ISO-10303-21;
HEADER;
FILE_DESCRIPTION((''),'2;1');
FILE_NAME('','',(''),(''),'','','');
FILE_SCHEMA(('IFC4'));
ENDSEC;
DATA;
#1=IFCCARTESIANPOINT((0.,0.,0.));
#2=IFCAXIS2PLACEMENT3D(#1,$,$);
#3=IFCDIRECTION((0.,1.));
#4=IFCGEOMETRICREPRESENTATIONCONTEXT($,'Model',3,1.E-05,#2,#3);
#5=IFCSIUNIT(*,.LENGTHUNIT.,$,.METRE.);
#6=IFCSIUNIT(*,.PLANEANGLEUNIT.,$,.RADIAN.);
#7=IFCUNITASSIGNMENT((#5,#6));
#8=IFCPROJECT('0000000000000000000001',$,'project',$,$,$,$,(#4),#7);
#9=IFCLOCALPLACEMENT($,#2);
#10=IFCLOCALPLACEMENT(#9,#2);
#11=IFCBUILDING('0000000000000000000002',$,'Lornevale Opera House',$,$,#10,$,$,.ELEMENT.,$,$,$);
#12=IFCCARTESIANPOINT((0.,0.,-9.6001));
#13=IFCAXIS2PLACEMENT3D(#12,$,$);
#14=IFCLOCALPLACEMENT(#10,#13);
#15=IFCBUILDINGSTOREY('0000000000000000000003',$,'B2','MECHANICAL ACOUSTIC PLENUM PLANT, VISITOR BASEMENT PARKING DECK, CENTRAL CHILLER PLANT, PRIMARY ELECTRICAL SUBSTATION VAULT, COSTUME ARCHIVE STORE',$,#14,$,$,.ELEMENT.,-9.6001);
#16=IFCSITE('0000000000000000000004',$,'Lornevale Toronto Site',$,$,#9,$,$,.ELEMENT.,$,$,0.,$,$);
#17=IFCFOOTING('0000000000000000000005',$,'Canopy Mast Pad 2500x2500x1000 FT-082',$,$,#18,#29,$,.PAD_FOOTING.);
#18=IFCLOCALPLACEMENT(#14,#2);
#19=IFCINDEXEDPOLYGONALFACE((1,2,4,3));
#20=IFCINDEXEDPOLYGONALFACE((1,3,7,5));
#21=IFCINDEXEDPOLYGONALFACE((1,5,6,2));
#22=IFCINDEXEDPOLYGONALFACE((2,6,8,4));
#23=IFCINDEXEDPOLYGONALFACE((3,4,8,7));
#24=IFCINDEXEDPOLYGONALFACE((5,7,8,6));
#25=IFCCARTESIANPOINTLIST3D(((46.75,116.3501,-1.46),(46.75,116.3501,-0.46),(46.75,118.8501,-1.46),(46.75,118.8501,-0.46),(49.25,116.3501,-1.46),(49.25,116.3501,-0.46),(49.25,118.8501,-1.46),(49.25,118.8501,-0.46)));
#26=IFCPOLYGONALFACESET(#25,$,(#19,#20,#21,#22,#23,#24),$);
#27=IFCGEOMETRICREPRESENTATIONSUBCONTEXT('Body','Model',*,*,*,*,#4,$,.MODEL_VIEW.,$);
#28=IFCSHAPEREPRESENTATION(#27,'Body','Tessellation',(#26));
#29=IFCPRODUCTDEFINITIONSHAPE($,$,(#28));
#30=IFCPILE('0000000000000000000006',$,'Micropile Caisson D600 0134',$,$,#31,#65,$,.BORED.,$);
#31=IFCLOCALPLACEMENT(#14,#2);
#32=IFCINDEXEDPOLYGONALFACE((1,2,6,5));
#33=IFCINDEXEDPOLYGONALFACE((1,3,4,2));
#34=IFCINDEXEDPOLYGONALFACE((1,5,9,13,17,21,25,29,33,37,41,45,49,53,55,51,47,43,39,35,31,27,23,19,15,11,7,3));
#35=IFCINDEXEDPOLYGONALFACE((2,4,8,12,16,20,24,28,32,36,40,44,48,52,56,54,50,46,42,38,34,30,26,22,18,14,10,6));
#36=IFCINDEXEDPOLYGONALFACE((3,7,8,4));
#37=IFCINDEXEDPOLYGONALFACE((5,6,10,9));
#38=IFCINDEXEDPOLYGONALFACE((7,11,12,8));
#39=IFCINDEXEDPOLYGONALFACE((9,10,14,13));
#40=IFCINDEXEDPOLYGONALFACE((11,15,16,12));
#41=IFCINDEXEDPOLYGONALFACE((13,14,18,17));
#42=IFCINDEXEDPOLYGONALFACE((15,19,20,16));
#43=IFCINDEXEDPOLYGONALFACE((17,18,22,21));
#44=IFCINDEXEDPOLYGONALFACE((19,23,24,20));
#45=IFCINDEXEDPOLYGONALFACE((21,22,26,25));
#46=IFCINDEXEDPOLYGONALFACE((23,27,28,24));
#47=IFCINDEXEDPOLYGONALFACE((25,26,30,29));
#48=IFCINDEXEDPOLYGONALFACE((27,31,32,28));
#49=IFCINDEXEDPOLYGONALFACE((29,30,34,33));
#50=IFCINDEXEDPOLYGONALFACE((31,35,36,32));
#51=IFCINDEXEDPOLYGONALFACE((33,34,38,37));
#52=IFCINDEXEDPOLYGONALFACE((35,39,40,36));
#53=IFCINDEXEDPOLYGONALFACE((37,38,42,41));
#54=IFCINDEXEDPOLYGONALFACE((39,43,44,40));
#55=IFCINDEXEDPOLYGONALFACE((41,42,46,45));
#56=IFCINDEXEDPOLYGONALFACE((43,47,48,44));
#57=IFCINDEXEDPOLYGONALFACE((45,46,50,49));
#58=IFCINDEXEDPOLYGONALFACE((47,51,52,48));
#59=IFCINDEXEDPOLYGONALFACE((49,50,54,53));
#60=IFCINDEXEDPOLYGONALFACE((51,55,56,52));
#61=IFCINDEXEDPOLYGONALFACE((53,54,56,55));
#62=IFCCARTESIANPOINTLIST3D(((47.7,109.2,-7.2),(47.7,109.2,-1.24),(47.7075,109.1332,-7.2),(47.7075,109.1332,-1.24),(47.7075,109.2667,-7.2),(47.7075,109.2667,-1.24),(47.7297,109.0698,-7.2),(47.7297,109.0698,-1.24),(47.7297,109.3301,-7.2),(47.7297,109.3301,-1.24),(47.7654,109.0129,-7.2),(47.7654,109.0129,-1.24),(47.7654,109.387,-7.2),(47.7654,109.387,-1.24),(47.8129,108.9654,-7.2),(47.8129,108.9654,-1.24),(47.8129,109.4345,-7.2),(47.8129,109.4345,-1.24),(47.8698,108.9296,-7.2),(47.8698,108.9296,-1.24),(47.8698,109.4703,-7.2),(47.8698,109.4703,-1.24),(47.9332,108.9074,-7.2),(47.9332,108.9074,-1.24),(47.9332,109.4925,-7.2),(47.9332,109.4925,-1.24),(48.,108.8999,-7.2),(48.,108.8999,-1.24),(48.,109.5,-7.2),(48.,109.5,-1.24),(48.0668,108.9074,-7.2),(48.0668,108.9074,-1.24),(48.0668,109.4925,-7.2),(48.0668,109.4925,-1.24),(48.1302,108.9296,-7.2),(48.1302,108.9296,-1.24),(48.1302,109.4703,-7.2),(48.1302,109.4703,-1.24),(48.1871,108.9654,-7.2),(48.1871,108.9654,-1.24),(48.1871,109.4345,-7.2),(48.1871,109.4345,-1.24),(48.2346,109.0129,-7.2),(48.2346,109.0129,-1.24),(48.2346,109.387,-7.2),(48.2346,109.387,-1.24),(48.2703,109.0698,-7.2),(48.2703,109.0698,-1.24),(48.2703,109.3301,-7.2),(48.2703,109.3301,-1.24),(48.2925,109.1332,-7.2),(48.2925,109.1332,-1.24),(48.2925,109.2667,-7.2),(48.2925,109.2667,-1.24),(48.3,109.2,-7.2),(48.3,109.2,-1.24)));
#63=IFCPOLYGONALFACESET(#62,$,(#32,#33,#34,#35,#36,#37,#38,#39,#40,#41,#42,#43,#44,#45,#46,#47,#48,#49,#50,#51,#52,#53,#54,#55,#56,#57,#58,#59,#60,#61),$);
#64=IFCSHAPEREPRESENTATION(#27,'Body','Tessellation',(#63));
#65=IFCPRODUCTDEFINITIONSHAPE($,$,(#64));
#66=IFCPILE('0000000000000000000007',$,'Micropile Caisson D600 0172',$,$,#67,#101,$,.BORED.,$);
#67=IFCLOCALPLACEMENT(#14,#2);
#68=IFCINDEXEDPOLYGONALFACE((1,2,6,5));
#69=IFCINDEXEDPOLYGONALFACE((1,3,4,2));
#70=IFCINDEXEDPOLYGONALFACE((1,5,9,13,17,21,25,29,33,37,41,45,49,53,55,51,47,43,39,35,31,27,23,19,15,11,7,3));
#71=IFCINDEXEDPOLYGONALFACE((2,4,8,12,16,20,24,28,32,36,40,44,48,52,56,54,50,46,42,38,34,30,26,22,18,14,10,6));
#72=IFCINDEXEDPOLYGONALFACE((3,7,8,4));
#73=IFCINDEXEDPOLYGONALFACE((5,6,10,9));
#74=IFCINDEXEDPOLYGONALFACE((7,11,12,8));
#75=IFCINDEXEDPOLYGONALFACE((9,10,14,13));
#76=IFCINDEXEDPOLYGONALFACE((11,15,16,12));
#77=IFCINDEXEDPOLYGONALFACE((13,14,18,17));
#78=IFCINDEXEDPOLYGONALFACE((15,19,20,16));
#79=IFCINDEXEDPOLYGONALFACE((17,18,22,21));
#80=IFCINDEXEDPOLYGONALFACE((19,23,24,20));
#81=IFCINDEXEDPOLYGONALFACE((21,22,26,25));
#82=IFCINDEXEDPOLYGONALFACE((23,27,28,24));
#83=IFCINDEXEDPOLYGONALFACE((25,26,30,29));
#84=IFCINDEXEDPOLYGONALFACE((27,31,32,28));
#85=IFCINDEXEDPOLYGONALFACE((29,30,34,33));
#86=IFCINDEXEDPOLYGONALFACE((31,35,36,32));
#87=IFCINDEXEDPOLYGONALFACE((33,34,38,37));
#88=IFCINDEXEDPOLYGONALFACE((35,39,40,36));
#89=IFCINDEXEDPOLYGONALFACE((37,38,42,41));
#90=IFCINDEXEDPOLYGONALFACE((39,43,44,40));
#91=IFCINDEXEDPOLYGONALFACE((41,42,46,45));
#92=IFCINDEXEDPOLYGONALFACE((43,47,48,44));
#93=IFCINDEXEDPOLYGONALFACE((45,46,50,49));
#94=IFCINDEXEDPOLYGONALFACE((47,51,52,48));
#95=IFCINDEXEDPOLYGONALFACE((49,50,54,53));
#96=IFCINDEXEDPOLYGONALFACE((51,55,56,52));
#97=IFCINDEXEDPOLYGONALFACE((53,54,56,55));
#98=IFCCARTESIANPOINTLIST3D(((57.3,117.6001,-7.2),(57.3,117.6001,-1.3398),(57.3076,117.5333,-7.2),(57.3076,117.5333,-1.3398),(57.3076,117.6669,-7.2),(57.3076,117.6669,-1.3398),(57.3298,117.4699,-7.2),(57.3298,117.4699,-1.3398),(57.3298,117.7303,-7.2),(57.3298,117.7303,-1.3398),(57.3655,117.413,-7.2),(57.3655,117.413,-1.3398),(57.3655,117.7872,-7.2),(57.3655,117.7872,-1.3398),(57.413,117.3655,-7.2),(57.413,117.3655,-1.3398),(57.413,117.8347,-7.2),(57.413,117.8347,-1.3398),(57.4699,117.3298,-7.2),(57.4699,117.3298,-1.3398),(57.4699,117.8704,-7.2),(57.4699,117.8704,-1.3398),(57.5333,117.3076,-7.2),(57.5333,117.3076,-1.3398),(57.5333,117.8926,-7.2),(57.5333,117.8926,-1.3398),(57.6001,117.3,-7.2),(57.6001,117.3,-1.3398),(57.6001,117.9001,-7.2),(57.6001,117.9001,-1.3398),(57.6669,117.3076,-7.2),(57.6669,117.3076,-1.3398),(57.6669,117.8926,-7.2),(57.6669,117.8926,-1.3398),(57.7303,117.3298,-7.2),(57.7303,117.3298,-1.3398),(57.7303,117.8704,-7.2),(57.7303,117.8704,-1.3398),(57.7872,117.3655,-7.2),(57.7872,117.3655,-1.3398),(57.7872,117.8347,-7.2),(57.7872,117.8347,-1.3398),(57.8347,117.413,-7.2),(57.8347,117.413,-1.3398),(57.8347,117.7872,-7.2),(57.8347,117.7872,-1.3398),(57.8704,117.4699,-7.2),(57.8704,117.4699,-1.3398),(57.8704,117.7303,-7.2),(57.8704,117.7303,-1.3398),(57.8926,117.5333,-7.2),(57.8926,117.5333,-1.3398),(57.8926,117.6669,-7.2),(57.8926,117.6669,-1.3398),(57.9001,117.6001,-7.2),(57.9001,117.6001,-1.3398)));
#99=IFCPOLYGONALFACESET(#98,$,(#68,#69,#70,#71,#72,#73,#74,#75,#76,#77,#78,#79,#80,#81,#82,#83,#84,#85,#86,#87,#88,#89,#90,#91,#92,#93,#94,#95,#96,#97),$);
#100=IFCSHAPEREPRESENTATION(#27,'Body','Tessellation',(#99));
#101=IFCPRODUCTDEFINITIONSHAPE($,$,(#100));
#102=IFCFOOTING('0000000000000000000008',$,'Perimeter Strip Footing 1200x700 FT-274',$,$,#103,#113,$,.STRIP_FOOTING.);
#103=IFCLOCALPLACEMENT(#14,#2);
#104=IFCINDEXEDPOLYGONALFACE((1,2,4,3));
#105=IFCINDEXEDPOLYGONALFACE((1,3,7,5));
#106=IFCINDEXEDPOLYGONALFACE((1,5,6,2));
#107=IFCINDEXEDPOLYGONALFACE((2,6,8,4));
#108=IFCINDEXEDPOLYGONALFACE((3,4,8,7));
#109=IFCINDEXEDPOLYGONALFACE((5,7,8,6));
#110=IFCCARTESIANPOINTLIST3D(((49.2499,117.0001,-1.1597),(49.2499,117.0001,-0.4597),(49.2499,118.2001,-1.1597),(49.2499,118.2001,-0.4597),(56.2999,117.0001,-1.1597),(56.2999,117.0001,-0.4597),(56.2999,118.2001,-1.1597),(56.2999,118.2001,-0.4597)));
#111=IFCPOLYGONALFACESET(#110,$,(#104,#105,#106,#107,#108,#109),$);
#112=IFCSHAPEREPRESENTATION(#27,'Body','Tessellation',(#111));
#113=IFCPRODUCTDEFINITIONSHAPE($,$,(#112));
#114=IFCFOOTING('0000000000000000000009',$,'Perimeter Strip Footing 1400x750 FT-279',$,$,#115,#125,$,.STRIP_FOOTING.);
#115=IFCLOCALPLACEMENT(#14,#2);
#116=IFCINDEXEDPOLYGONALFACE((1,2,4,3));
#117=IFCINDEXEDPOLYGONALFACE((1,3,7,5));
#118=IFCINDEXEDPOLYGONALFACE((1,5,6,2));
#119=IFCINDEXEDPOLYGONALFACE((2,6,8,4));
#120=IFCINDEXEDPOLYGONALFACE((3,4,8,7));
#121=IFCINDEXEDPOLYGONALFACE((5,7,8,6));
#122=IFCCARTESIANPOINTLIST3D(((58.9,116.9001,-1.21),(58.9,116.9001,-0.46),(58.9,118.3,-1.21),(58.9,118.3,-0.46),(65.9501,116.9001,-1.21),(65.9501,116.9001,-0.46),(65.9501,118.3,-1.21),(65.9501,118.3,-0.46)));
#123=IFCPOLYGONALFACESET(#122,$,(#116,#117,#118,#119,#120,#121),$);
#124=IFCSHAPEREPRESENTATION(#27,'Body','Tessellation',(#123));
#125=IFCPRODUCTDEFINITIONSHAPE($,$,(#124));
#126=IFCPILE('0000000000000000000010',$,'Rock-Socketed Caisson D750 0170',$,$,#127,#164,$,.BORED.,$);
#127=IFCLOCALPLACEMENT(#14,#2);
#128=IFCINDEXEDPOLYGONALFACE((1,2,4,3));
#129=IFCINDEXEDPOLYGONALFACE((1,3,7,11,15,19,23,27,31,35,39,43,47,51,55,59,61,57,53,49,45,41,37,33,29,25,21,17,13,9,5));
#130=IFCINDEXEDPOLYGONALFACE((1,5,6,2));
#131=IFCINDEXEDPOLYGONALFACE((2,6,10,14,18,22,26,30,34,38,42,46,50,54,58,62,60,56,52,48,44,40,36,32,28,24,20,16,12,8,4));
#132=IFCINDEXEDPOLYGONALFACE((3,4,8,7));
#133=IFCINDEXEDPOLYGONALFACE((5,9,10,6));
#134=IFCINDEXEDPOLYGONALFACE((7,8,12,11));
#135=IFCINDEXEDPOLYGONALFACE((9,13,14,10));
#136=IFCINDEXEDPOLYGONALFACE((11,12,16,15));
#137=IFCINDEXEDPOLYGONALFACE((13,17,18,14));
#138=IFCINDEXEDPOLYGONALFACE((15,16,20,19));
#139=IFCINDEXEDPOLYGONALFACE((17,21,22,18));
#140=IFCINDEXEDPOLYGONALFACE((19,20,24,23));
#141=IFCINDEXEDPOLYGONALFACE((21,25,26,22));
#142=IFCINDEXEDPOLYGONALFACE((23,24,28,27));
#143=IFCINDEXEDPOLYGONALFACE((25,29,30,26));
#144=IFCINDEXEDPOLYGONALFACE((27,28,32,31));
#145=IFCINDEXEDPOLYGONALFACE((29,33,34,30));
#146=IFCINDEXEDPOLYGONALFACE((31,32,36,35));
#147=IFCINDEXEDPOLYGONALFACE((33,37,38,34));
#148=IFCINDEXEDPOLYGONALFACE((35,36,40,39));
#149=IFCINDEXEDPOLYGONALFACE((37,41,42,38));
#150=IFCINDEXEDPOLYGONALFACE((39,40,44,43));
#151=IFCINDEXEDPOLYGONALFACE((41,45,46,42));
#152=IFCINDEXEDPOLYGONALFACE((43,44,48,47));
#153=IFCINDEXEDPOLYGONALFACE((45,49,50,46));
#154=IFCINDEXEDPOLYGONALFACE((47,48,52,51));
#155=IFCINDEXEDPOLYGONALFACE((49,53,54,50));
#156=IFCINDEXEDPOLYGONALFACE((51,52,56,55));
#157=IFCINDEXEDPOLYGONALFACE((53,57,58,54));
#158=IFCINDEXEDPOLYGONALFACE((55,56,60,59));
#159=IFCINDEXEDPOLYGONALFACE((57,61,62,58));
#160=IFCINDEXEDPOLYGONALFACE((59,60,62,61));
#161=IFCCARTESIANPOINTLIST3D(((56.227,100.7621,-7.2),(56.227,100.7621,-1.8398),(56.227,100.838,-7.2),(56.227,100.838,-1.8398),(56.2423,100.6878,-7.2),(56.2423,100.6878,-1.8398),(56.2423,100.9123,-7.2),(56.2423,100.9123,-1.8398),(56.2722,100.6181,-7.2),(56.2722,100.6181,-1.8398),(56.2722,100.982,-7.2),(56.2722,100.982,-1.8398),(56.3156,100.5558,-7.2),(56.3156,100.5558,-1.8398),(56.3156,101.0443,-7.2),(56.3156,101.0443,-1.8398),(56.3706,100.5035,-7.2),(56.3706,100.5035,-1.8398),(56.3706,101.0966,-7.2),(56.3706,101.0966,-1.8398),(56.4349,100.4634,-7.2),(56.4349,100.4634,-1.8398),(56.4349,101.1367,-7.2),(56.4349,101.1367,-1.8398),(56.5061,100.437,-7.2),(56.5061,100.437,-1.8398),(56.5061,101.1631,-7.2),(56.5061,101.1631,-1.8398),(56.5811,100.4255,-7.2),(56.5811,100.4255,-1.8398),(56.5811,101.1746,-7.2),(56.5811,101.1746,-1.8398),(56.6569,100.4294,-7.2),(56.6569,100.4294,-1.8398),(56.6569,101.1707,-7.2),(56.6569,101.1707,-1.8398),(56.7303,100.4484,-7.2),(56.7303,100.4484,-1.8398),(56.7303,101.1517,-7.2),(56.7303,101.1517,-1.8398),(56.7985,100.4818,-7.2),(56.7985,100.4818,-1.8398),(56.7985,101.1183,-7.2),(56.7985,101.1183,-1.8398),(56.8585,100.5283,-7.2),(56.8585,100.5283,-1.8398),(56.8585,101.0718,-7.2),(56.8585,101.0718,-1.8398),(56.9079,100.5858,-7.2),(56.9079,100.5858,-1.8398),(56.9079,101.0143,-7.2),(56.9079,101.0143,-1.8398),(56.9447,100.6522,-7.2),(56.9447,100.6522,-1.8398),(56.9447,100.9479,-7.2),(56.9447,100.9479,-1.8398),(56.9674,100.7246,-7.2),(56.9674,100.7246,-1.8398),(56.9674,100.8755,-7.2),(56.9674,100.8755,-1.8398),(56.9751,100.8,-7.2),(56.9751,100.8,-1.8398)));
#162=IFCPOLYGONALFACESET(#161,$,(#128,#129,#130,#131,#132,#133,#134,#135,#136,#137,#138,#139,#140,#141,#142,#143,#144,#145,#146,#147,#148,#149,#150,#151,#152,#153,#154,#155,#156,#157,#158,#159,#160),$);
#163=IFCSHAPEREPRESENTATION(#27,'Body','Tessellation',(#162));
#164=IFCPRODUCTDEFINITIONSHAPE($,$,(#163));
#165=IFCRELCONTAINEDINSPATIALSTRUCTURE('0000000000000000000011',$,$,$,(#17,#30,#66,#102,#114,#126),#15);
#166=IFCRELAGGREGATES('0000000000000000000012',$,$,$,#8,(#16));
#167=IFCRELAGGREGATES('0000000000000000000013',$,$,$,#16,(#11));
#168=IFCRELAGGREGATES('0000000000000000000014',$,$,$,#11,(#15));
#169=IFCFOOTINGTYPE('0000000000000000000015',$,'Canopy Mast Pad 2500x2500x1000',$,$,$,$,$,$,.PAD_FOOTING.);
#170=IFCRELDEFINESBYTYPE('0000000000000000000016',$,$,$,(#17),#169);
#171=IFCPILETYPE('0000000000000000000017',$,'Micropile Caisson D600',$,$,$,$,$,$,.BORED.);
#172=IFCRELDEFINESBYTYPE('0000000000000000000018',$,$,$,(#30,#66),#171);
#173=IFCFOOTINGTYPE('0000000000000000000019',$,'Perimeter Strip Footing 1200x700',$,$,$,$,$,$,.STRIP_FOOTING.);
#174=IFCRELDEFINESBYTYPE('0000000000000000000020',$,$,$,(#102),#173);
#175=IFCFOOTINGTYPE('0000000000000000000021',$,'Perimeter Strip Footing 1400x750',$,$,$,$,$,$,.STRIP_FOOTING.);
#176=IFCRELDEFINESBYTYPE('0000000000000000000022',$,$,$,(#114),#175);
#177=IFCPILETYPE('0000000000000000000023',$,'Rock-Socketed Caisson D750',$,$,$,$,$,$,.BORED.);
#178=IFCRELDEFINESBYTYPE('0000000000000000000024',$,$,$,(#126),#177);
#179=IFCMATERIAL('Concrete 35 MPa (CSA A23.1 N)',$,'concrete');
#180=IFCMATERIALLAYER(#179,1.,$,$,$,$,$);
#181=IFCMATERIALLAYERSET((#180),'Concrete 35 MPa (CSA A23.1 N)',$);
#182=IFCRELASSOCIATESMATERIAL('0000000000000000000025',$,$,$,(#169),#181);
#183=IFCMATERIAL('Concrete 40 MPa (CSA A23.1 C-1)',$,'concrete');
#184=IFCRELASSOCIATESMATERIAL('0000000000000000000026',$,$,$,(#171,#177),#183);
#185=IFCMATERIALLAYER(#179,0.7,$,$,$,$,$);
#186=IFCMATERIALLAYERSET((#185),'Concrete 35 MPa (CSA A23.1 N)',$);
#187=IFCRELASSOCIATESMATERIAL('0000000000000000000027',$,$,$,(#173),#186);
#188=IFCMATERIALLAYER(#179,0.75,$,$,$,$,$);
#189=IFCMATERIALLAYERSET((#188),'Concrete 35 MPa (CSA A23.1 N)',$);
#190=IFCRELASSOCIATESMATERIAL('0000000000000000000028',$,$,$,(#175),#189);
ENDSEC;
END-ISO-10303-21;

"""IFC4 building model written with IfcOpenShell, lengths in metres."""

from ifc_helpers import new_model, si_unit, direction, frame, origin, origin_2d, place, context, subcontext, project, spatial, rectangle, circle, extrude, material, layer, layer_set, material_profile, profile_set, type_object, element, save


model = new_model("IFC4")

# Units and contexts
model_context = context("Model", 3, precision=1e-05, world=origin(), true_north=direction((0.0, 1.0)))
body_context = subcontext(model_context, "Body", "Model", "MODEL_VIEW")
ifc_project = project(units=[si_unit("LENGTHUNIT", "METRE"), si_unit("PLANEANGLEUNIT", "RADIAN")], contexts=[model_context])

# Site, building, storey
site_placement = place(None, origin())
site = spatial("IfcSite", under=ifc_project, at=site_placement, Name="Lornevale Toronto Site", CompositionType="ELEMENT", RefElevation=0.0)
building_placement = place(site_placement, origin())
building = spatial("IfcBuilding", under=site, at=building_placement, Name="Lornevale Opera House", CompositionType="ELEMENT")
storey_placement = place(building_placement, frame((0.0, 0.0, -9.6001)))
storey = spatial("IfcBuildingStorey", under=building, at=storey_placement, Name="B2", Description="MECHANICAL ACOUSTIC PLENUM PLANT, VISITOR BASEMENT PARKING DECK, CENTRAL CHILLER PLANT, PRIMARY ELECTRICAL SUBSTATION VAULT, COSTUME ARCHIVE STORE", CompositionType="ELEMENT", Elevation=-9.6001)

# Footing
ifc_material_1 = material(Name="Concrete 35 MPa (CSA A23.1 N)", Category="concrete")
ifc_layer_1 = layer(ifc_material_1, 1.0)
ifc_layer_set_1 = layer_set([ifc_layer_1], Name="Concrete 35 MPa (CSA A23.1 N)")
footing_type_1 = type_object("IfcFootingType", Name="Canopy Mast Pad 2500x2500x1000", PredefinedType="PAD_FOOTING", material=ifc_layer_set_1)
footing_1_placement = place(storey_placement, frame((48.0, 117.6001, -1.46), z_axis=(0.0, 0.0, 1.0), x_axis=(1.0, 0.0, 0.0)))
element("IfcFooting", 1, at=footing_1_placement, inside=storey, type_object=footing_type_1, Name="Canopy Mast Pad 2500x2500x1000 FT-082", PredefinedType="PAD_FOOTING", context=body_context, shape_type="SweptSolid", body=[
    extrude(rectangle(XDim=2.5, YDim=2.5, at=origin_2d()), origin(), (0.0, 0.0, 1.0), 1.0),
])

# Piles
ifc_material_2 = material(Name="Concrete 40 MPa (CSA A23.1 C-1)", Category="concrete")
ifc_material_profile_1 = material_profile(ifc_material_2, circle(Radius=0.3, at=origin_2d()), Name="CAIS600")
ifc_profile_set_1 = profile_set([ifc_material_profile_1], Name="Concrete 40 MPa (CSA A23.1 C-1)")
pile_type_1 = type_object("IfcPileType", Name="Micropile Caisson D600", PredefinedType="BORED", material=ifc_profile_set_1)
pile_1_placement = place(storey_placement, frame((48.0, 109.2, -1.24), z_axis=(0.0, 0.0, -1.0), x_axis=(1.0, 0.0, 0.0)))
element("IfcPile", 2, at=pile_1_placement, inside=storey, type_object=pile_type_1, Name="Micropile Caisson D600 0134", PredefinedType="BORED", context=body_context, shape_type="SweptSolid", body=[
    extrude(circle(Radius=0.3, at=origin_2d()), origin(), (0.0, 0.0, 1.0), 5.96),
])
pile_2_placement = place(storey_placement, frame((57.6001, 117.6001, -1.3398), z_axis=(0.0, 0.0, -1.0), x_axis=(1.0, 0.0, 0.0)))
element("IfcPile", 3, at=pile_2_placement, inside=storey, type_object=pile_type_1, Name="Micropile Caisson D600 0172", PredefinedType="BORED", context=body_context, shape_type="SweptSolid", body=[
    extrude(circle(Radius=0.3, at=origin_2d()), origin(), (0.0, 0.0, 1.0), 5.8601),
])

# Footings
ifc_layer_2 = layer(ifc_material_1, 0.7)
ifc_layer_set_2 = layer_set([ifc_layer_2], Name="Concrete 35 MPa (CSA A23.1 N)")
footing_type_2 = type_object("IfcFootingType", Name="Perimeter Strip Footing 1200x700", PredefinedType="STRIP_FOOTING", material=ifc_layer_set_2)
footing_2_placement = place(storey_placement, frame((52.7749, 117.6001, -1.1597), z_axis=(0.0, 0.0, 1.0), x_axis=(1.0, 0.0, 0.0)))
element("IfcFooting", 4, at=footing_2_placement, inside=storey, type_object=footing_type_2, Name="Perimeter Strip Footing 1200x700 FT-274", PredefinedType="STRIP_FOOTING", context=body_context, shape_type="SweptSolid", body=[
    extrude(rectangle(XDim=7.05, YDim=1.2, at=origin_2d()), origin(), (0.0, 0.0, 1.0), 0.7),
])
ifc_layer_3 = layer(ifc_material_1, 0.75)
ifc_layer_set_3 = layer_set([ifc_layer_3], Name="Concrete 35 MPa (CSA A23.1 N)")
footing_type_3 = type_object("IfcFootingType", Name="Perimeter Strip Footing 1400x750", PredefinedType="STRIP_FOOTING", material=ifc_layer_set_3)
footing_3_placement = place(storey_placement, frame((62.425, 117.6001, -1.21), z_axis=(0.0, 0.0, 1.0), x_axis=(1.0, 0.0, 0.0)))
element("IfcFooting", 5, at=footing_3_placement, inside=storey, type_object=footing_type_3, Name="Perimeter Strip Footing 1400x750 FT-279", PredefinedType="STRIP_FOOTING", context=body_context, shape_type="SweptSolid", body=[
    extrude(rectangle(XDim=7.05, YDim=1.3999, at=origin_2d()), origin(), (0.0, 0.0, 1.0), 0.75),
])

# Pile
ifc_material_profile_2 = material_profile(ifc_material_2, circle(Radius=0.375, at=origin_2d()), Name="CAIS750")
ifc_profile_set_2 = profile_set([ifc_material_profile_2], Name="Concrete 40 MPa (CSA A23.1 C-1)")
pile_type_2 = type_object("IfcPileType", Name="Rock-Socketed Caisson D750", PredefinedType="BORED", material=ifc_profile_set_2)
for number, where, z_axis, x_axis, name in (
    (6, (56.6001, 100.8, -1.8398), (0.0, 0.0, -1.0), (1.0, 0.0, 0.0), "Rock-Socketed Caisson D750 0170"),
):
    element("IfcPile", number, at=place(storey_placement, frame(where, z_axis=z_axis, x_axis=x_axis)), inside=storey, type_object=pile_type_2, Name=name, PredefinedType="BORED", context=body_context, shape_type="SweptSolid", body=[
        extrude(circle(Radius=0.375, at=origin_2d()), origin(), (0.0, 0.0, 1.0), 5.3601),
    ])

save(model, "model.ifc")
